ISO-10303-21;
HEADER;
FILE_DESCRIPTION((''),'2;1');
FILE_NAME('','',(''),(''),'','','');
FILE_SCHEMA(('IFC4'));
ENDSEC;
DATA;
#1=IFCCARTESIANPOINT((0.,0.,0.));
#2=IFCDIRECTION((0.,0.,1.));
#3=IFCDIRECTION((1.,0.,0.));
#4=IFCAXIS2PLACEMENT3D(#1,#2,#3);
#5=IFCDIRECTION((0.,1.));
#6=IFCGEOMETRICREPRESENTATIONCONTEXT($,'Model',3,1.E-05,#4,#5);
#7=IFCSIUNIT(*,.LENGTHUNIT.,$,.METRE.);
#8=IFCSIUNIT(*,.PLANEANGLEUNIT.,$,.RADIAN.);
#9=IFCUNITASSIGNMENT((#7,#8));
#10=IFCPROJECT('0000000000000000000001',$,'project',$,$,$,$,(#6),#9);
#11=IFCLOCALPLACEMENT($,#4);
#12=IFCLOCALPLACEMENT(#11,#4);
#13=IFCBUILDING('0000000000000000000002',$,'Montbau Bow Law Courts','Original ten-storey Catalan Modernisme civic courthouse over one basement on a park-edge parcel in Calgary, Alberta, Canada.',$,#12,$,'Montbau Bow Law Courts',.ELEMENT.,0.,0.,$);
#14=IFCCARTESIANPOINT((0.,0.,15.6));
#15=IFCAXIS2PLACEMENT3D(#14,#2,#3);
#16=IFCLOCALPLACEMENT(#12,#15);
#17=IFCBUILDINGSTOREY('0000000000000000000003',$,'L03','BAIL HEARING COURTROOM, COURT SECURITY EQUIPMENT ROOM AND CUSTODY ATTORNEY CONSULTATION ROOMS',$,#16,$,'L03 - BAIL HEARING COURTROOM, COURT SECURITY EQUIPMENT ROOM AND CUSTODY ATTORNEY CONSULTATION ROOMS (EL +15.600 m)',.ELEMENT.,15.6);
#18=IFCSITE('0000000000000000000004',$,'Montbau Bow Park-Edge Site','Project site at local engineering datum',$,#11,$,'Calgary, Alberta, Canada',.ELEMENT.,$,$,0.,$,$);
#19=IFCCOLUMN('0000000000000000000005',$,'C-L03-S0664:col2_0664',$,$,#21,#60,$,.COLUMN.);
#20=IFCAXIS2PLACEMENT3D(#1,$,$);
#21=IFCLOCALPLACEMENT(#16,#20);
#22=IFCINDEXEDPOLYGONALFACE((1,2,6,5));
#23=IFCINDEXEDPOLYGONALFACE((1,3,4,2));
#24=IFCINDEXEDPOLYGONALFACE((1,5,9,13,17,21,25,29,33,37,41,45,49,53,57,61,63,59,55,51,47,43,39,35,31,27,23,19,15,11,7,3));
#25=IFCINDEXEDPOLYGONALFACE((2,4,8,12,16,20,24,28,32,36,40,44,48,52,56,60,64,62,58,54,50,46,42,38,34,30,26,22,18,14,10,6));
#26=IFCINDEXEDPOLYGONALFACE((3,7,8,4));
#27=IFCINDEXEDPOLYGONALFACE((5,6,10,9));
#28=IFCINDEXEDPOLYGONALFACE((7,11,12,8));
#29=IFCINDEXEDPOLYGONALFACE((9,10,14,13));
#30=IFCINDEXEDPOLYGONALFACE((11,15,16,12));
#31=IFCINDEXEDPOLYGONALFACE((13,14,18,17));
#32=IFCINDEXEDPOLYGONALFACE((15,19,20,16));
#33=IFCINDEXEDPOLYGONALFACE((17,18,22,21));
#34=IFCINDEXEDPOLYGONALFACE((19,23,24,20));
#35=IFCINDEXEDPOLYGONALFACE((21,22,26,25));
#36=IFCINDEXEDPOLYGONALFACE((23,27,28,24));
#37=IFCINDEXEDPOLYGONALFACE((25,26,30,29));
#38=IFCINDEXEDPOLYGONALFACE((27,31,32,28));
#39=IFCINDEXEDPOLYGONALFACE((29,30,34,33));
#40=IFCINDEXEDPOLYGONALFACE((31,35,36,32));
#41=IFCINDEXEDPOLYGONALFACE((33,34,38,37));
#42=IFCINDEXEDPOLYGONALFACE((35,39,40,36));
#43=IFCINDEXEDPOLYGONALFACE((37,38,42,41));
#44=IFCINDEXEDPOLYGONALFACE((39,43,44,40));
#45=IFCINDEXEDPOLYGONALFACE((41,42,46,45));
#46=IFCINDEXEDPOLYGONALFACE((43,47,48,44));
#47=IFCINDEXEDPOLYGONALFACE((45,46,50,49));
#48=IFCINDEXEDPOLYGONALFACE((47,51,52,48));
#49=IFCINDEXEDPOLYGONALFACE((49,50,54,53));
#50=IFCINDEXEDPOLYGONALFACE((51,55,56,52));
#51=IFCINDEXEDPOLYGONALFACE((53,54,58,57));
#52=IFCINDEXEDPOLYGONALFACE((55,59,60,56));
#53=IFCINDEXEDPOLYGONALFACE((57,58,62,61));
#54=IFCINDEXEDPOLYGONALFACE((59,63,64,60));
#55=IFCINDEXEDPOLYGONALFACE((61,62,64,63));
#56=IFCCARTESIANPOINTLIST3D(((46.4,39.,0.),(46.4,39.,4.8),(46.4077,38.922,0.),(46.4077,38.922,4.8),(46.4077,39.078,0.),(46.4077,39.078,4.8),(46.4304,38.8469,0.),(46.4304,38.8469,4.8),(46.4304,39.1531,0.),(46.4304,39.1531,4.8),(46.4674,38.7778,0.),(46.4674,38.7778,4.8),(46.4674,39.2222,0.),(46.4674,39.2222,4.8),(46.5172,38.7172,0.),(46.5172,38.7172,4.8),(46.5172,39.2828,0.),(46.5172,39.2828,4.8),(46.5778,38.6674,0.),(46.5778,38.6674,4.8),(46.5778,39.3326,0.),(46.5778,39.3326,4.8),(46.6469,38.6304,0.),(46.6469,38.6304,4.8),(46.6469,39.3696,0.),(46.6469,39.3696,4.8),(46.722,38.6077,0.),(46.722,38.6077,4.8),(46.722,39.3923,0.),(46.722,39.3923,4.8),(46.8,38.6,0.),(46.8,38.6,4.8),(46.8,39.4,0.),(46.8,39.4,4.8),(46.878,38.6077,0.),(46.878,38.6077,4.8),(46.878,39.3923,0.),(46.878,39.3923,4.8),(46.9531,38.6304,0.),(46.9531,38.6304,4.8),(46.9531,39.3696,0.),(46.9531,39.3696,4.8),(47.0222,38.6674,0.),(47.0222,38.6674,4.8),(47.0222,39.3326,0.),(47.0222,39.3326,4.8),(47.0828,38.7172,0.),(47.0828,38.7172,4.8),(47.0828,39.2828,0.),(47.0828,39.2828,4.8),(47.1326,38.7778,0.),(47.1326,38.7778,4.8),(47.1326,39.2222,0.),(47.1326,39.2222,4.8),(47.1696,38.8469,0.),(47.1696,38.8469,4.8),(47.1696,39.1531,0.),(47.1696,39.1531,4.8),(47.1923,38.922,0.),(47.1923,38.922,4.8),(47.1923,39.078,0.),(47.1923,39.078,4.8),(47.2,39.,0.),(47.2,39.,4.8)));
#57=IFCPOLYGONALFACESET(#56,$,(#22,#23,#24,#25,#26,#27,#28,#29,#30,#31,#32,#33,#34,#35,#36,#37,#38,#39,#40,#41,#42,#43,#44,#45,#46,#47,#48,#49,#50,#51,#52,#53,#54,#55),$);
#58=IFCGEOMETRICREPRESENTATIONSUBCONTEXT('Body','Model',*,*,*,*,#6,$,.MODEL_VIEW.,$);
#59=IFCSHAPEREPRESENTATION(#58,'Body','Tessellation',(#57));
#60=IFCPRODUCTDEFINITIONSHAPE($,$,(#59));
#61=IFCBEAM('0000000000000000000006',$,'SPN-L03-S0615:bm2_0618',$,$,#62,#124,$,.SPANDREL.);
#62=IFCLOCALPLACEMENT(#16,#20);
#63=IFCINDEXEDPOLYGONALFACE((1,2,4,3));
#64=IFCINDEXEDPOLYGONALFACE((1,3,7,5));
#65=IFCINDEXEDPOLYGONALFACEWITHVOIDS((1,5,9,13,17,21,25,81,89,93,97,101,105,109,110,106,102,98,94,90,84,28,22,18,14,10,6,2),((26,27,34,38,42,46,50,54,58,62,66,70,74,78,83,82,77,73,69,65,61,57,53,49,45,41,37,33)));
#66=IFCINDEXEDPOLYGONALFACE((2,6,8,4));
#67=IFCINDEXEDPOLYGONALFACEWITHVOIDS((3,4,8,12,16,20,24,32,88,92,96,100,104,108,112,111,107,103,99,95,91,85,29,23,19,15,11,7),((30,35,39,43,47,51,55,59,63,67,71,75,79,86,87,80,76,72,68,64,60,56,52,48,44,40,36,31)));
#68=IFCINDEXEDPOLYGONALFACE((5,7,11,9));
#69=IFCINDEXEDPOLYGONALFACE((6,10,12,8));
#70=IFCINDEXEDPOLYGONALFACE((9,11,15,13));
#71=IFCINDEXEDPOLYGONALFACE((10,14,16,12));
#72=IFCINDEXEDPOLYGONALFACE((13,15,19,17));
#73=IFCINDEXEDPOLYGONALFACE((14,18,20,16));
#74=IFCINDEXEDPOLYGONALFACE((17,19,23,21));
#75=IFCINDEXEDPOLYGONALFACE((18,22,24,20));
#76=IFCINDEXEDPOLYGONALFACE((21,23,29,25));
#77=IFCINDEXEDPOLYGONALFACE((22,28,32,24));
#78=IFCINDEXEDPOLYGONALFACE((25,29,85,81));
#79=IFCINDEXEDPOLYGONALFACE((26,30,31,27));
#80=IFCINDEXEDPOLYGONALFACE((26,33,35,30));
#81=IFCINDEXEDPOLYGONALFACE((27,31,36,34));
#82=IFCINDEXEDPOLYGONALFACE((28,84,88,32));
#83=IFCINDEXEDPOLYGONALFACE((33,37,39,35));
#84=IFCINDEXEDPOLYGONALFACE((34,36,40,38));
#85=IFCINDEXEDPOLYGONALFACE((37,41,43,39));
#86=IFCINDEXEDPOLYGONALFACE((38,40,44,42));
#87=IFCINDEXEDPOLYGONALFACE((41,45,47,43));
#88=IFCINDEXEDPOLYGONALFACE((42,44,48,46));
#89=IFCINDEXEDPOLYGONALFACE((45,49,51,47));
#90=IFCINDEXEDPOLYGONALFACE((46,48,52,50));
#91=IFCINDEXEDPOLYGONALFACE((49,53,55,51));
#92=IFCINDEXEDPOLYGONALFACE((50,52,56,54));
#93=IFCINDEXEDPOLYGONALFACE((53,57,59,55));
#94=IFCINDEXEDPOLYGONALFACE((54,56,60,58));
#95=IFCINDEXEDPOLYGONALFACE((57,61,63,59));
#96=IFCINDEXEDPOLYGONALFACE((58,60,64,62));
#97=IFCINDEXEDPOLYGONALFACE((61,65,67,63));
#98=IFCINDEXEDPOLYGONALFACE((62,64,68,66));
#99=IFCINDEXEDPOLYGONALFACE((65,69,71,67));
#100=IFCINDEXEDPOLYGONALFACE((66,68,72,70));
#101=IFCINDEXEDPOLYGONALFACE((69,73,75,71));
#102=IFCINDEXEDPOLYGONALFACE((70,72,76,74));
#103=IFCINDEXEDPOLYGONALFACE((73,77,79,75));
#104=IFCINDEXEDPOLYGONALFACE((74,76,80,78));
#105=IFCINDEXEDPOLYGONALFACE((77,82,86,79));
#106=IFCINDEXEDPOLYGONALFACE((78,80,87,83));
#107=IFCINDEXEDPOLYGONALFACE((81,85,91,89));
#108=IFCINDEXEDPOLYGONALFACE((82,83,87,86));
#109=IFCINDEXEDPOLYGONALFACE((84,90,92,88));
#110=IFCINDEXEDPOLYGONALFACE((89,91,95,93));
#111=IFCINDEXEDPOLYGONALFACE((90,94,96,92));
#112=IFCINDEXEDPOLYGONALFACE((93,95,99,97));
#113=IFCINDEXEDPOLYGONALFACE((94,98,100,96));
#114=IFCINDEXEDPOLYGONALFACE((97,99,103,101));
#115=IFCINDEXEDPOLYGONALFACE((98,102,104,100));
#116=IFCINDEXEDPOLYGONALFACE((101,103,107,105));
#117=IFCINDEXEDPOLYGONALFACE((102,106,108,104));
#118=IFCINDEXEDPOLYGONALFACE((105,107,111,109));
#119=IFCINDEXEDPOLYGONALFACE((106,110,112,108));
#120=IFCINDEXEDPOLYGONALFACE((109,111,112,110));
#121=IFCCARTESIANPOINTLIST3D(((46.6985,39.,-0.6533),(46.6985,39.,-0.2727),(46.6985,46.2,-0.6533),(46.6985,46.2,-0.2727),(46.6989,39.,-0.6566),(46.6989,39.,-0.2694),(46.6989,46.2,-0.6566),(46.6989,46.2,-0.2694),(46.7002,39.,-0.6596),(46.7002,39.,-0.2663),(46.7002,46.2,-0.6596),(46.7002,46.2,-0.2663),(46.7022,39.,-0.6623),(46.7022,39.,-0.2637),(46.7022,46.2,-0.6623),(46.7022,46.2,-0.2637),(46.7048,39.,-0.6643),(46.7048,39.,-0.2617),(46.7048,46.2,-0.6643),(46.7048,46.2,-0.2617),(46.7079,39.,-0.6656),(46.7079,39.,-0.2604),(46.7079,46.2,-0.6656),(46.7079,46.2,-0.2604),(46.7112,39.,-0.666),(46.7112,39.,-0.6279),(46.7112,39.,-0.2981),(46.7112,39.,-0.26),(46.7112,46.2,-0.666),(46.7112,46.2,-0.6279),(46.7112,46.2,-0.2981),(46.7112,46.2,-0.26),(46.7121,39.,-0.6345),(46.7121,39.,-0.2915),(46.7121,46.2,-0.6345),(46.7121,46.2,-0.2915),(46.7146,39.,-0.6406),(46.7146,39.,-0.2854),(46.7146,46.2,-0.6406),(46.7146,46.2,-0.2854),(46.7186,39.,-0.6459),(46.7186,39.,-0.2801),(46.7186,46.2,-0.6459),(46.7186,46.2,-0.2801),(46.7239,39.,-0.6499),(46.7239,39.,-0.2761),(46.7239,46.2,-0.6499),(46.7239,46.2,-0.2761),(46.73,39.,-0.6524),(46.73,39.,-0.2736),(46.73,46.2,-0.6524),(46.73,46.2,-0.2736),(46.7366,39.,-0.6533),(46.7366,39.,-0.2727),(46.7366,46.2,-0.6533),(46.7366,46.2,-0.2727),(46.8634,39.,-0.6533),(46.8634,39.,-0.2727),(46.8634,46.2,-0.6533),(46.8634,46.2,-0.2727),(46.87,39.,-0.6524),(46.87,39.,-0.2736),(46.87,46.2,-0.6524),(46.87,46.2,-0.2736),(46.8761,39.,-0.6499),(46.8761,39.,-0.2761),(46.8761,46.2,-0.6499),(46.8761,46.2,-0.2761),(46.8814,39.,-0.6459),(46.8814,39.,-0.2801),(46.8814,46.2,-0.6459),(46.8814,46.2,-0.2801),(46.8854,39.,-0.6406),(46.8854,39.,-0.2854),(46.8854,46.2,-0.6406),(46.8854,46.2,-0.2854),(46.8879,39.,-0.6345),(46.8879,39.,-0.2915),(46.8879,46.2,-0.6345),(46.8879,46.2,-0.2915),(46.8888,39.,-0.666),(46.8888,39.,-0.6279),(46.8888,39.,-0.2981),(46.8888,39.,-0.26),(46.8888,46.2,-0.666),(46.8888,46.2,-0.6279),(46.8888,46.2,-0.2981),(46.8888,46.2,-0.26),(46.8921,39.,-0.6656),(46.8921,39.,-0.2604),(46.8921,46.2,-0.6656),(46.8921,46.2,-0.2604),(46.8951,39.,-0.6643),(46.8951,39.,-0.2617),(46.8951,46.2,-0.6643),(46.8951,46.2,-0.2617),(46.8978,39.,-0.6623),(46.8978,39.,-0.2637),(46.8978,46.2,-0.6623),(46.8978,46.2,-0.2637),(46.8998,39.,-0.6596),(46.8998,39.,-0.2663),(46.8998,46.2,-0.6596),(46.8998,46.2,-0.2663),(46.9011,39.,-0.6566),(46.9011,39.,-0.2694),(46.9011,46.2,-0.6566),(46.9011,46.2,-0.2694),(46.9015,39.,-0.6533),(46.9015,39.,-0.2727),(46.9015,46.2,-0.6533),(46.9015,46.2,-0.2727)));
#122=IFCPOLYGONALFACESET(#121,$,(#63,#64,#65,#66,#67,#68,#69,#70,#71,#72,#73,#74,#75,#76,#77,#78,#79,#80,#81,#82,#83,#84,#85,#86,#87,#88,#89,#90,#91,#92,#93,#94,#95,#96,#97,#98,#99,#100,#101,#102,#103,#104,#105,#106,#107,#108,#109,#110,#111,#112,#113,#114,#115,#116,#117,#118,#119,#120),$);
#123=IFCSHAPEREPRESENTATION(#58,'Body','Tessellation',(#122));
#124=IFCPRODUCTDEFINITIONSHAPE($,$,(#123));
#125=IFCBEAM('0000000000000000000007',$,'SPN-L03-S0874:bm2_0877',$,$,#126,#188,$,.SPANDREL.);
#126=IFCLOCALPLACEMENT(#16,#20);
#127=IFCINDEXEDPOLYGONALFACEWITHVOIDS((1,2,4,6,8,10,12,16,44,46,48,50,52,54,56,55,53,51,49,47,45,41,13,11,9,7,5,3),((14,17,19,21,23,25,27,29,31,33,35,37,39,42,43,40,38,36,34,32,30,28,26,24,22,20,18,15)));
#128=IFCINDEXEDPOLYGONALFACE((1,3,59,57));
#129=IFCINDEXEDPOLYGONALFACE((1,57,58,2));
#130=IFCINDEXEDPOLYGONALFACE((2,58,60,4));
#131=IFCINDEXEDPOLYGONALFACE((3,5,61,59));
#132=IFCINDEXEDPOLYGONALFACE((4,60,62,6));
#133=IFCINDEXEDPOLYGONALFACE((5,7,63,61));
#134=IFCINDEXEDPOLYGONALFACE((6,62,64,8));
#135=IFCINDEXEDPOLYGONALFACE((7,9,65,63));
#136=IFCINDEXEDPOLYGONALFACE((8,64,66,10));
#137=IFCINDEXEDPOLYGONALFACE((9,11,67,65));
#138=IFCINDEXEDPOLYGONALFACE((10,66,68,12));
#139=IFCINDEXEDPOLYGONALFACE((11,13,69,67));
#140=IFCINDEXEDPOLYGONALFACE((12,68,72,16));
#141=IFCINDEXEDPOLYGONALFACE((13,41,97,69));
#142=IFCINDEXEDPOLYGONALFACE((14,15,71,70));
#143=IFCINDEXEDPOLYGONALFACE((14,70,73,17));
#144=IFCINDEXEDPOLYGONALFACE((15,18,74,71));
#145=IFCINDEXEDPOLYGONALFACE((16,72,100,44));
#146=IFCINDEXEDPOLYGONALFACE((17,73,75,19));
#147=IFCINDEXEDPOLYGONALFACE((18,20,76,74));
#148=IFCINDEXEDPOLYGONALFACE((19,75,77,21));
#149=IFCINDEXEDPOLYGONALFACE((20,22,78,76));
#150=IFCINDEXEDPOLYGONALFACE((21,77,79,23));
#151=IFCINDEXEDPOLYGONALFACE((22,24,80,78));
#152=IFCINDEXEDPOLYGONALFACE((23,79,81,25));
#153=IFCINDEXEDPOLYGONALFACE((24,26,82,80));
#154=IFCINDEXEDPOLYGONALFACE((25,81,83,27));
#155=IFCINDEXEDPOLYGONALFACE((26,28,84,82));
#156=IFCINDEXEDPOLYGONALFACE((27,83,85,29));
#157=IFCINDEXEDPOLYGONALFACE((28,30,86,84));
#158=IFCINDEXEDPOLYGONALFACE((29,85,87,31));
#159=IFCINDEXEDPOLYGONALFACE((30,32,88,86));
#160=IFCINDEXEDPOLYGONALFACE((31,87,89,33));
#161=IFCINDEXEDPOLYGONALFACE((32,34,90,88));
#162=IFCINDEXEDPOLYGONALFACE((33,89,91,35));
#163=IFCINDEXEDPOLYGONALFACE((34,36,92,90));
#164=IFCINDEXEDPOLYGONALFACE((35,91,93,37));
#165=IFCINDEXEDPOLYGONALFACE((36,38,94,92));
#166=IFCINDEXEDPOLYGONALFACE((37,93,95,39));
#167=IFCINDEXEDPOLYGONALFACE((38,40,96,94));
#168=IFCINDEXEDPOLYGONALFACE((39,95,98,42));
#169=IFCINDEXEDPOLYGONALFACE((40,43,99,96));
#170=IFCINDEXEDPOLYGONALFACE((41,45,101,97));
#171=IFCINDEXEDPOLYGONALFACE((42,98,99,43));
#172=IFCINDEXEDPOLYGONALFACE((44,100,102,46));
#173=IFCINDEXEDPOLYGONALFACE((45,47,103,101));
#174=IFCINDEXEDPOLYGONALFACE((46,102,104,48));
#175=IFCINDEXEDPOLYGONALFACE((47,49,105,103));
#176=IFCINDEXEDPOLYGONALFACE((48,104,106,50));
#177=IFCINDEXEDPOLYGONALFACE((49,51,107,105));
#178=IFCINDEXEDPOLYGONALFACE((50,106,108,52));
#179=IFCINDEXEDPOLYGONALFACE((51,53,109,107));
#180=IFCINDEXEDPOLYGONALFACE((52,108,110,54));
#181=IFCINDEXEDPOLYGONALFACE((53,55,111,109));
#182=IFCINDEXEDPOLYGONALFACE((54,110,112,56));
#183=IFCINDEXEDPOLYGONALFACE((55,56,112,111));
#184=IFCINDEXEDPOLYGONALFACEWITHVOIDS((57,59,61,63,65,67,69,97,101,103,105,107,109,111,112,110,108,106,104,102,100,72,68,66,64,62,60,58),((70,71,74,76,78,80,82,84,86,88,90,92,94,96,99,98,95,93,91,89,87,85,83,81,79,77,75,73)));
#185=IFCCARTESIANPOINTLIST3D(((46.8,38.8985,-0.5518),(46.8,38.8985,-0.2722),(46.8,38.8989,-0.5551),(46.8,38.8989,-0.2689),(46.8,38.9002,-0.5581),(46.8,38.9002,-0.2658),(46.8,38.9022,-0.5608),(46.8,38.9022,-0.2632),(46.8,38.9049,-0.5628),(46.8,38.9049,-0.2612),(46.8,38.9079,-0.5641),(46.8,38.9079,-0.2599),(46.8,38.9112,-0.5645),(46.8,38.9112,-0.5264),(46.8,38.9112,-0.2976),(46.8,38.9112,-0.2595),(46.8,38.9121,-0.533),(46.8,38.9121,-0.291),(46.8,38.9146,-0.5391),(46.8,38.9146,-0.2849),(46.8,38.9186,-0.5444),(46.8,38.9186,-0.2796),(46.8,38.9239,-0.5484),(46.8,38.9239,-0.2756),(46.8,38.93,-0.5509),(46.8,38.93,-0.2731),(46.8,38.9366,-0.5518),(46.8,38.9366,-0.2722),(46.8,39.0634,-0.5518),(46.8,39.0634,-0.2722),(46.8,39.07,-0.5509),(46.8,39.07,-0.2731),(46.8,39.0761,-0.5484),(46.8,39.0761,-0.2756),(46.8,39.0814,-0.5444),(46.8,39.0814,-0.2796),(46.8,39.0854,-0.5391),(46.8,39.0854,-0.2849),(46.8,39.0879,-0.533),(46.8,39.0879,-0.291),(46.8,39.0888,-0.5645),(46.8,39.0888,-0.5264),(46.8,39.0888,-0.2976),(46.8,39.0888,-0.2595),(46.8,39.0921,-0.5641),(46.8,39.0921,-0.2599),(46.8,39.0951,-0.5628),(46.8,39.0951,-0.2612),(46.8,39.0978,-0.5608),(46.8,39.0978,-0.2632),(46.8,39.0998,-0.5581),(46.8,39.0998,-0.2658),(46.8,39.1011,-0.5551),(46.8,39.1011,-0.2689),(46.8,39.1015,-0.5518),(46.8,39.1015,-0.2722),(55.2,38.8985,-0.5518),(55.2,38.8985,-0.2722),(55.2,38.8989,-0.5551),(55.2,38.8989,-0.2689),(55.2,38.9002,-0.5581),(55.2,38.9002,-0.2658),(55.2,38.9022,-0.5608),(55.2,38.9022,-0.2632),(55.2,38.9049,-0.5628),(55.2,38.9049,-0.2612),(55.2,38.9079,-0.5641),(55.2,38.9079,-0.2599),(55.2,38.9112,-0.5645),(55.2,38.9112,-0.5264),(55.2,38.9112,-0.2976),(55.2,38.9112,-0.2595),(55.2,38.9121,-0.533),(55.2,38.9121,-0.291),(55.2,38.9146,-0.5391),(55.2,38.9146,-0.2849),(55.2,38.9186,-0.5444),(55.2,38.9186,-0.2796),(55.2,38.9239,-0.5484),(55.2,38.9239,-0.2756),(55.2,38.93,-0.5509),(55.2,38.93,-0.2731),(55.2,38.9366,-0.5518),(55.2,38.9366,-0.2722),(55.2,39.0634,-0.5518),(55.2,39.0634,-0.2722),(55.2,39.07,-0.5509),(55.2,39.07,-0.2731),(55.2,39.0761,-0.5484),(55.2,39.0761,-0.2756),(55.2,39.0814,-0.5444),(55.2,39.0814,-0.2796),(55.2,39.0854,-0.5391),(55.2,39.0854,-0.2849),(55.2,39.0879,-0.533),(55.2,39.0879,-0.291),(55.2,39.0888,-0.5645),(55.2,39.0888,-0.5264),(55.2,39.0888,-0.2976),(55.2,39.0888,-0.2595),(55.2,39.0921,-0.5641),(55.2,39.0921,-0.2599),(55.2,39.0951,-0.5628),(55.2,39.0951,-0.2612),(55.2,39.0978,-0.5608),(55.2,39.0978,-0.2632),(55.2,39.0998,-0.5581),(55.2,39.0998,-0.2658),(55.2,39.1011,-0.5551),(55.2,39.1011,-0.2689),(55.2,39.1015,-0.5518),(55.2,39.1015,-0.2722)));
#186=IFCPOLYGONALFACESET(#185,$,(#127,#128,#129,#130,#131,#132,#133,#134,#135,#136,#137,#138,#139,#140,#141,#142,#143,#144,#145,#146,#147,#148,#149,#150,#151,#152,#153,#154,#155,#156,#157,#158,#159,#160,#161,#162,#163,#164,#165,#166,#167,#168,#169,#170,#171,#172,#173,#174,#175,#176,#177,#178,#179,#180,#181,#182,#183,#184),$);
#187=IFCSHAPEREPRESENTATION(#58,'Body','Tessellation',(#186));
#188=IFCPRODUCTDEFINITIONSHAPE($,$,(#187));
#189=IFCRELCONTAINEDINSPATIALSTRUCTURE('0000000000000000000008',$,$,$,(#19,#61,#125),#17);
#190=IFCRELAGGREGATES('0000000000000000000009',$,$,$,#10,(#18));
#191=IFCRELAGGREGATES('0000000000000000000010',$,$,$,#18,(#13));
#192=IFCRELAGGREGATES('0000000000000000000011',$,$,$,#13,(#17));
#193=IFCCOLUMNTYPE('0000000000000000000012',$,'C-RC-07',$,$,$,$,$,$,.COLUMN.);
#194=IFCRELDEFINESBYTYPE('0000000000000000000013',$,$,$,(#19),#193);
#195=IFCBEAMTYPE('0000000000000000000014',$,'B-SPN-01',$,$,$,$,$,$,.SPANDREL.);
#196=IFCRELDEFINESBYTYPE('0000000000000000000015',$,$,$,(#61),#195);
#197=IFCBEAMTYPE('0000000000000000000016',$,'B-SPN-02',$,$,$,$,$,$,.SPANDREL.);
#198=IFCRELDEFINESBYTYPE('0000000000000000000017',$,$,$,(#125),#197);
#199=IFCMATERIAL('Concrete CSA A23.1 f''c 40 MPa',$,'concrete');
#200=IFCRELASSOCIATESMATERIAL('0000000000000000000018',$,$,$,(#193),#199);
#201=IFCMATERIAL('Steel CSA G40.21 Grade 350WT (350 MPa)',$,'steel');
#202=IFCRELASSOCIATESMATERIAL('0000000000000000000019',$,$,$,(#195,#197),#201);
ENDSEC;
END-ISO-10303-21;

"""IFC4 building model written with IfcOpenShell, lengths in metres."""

from ifc_helpers import new_model, si_unit, direction, frame, origin_with_axes, origin_2d_with_axis, place, context, subcontext, project, spatial, hollow_rectangle, circle, extrude, material, material_profile, profile_set, type_object, element, save


model = new_model("IFC4")

# Units and contexts
model_context = context("Model", 3, precision=1e-05, world=origin_with_axes(), true_north=direction((0.0, 1.0)))
body_context = subcontext(model_context, "Body", "Model", "MODEL_VIEW")
ifc_project = project(units=[si_unit("LENGTHUNIT", "METRE"), si_unit("PLANEANGLEUNIT", "RADIAN")], contexts=[model_context])

# Site, building, storey
site_placement = place(None, origin_with_axes())
site = spatial("IfcSite", under=ifc_project, at=site_placement, Name="Montbau Bow Park-Edge Site", Description="Project site at local engineering datum", LongName="Calgary, Alberta, Canada", CompositionType="ELEMENT", RefElevation=0.0)
building_placement = place(site_placement, origin_with_axes())
building = spatial("IfcBuilding", under=site, at=building_placement, Name="Montbau Bow Law Courts", Description="Original ten-storey Catalan Modernisme civic courthouse over one basement on a park-edge parcel in Calgary, Alberta, Canada.", LongName="Montbau Bow Law Courts", CompositionType="ELEMENT", ElevationOfRefHeight=0.0, ElevationOfTerrain=0.0)
storey_placement = place(building_placement, frame((0.0, 0.0, 15.6), z_axis=(0.0, 0.0, 1.0), x_axis=(1.0, 0.0, 0.0)))
storey = spatial("IfcBuildingStorey", under=building, at=storey_placement, Name="L03", Description="BAIL HEARING COURTROOM, COURT SECURITY EQUIPMENT ROOM AND CUSTODY ATTORNEY CONSULTATION ROOMS", LongName="L03 - BAIL HEARING COURTROOM, COURT SECURITY EQUIPMENT ROOM AND CUSTODY ATTORNEY CONSULTATION ROOMS (EL +15.600 m)", CompositionType="ELEMENT", Elevation=15.6)

# Column
ifc_material_1 = material(Name="Concrete CSA A23.1 f'c 40 MPa", Category="concrete")
ifc_material_profile_1 = material_profile(ifc_material_1, circle(Radius=0.4, at=origin_2d_with_axis()), Name="RC800D", Category="Main", Priority=0)
ifc_profile_set_1 = profile_set([ifc_material_profile_1], Name="Concrete CSA A23.1 f'c 40 MPa")
column_type = type_object("IfcColumnType", Name="C-RC-07", PredefinedType="COLUMN", material=ifc_profile_set_1)
column_placement = place(None, frame((46.8, 39.0, 15.6), z_axis=(0.0, 0.0, 1.0), x_axis=(1.0, 0.0, 0.0)))
element("IfcColumn", 1, at=column_placement, inside=storey, type_object=column_type, Name="C-L03-S0664:col2_0664", PredefinedType="COLUMN", context=body_context, shape_type="SweptSolid", body=[
    extrude(circle(Radius=0.4, at=origin_2d_with_axis()), origin_with_axes(), (0.0, 0.0, 1.0), 4.8),
])

# Beams
ifc_material_2 = material(Name="Steel CSA G40.21 Grade 350WT (350 MPa)", Category="steel")
ifc_material_profile_2 = material_profile(ifc_material_2, hollow_rectangle(XDim=0.203, YDim=0.406, WallThickness=0.0127, InnerFilletRadius=0.0254, OuterFilletRadius=0.0127, at=origin_2d_with_axis()), Name="HSS406X203X13", Category="Main", Priority=0)
ifc_profile_set_2 = profile_set([ifc_material_profile_2], Name="Steel CSA G40.21 Grade 350WT (350 MPa)")
beam_type_1 = type_object("IfcBeamType", Name="B-SPN-01", PredefinedType="SPANDREL", material=ifc_profile_set_2)
beam_1_placement = place(None, frame((46.8, 39.0, 15.137), z_axis=(0.0, 1.0, 0.0), x_axis=(-1.0, 0.0, 0.0)))
element("IfcBeam", 2, at=beam_1_placement, inside=storey, type_object=beam_type_1, Name="SPN-L03-S0615:bm2_0618", PredefinedType="SPANDREL", context=body_context, shape_type="SweptSolid", body=[
    extrude(hollow_rectangle(XDim=0.203, YDim=0.406, WallThickness=0.0127, InnerFilletRadius=0.0254, OuterFilletRadius=0.0127, at=origin_2d_with_axis()), origin_with_axes(), (0.0, 0.0, 1.0), 7.2),
])
ifc_material_profile_3 = material_profile(ifc_material_2, hollow_rectangle(XDim=0.203, YDim=0.305, WallThickness=0.0127, InnerFilletRadius=0.0254, OuterFilletRadius=0.0127, at=origin_2d_with_axis()), Name="HSS305X203X13", Category="Main", Priority=0)
ifc_profile_set_3 = profile_set([ifc_material_profile_3], Name="Steel CSA G40.21 Grade 350WT (350 MPa)")
beam_type_2 = type_object("IfcBeamType", Name="B-SPN-02", PredefinedType="SPANDREL", material=ifc_profile_set_3)
beam_2_placement = place(None, frame((46.8, 39.0, 15.188), z_axis=(1.0, 0.0, 0.0), x_axis=(0.0, 1.0, 0.0)))
element("IfcBeam", 3, at=beam_2_placement, inside=storey, type_object=beam_type_2, Name="SPN-L03-S0874:bm2_0877", PredefinedType="SPANDREL", context=body_context, shape_type="SweptSolid", body=[
    extrude(hollow_rectangle(XDim=0.203, YDim=0.305, WallThickness=0.0127, InnerFilletRadius=0.0254, OuterFilletRadius=0.0127, at=origin_2d_with_axis()), origin_with_axes(), (0.0, 0.0, 1.0), 8.4),
])

save(model, "model.ifc")
